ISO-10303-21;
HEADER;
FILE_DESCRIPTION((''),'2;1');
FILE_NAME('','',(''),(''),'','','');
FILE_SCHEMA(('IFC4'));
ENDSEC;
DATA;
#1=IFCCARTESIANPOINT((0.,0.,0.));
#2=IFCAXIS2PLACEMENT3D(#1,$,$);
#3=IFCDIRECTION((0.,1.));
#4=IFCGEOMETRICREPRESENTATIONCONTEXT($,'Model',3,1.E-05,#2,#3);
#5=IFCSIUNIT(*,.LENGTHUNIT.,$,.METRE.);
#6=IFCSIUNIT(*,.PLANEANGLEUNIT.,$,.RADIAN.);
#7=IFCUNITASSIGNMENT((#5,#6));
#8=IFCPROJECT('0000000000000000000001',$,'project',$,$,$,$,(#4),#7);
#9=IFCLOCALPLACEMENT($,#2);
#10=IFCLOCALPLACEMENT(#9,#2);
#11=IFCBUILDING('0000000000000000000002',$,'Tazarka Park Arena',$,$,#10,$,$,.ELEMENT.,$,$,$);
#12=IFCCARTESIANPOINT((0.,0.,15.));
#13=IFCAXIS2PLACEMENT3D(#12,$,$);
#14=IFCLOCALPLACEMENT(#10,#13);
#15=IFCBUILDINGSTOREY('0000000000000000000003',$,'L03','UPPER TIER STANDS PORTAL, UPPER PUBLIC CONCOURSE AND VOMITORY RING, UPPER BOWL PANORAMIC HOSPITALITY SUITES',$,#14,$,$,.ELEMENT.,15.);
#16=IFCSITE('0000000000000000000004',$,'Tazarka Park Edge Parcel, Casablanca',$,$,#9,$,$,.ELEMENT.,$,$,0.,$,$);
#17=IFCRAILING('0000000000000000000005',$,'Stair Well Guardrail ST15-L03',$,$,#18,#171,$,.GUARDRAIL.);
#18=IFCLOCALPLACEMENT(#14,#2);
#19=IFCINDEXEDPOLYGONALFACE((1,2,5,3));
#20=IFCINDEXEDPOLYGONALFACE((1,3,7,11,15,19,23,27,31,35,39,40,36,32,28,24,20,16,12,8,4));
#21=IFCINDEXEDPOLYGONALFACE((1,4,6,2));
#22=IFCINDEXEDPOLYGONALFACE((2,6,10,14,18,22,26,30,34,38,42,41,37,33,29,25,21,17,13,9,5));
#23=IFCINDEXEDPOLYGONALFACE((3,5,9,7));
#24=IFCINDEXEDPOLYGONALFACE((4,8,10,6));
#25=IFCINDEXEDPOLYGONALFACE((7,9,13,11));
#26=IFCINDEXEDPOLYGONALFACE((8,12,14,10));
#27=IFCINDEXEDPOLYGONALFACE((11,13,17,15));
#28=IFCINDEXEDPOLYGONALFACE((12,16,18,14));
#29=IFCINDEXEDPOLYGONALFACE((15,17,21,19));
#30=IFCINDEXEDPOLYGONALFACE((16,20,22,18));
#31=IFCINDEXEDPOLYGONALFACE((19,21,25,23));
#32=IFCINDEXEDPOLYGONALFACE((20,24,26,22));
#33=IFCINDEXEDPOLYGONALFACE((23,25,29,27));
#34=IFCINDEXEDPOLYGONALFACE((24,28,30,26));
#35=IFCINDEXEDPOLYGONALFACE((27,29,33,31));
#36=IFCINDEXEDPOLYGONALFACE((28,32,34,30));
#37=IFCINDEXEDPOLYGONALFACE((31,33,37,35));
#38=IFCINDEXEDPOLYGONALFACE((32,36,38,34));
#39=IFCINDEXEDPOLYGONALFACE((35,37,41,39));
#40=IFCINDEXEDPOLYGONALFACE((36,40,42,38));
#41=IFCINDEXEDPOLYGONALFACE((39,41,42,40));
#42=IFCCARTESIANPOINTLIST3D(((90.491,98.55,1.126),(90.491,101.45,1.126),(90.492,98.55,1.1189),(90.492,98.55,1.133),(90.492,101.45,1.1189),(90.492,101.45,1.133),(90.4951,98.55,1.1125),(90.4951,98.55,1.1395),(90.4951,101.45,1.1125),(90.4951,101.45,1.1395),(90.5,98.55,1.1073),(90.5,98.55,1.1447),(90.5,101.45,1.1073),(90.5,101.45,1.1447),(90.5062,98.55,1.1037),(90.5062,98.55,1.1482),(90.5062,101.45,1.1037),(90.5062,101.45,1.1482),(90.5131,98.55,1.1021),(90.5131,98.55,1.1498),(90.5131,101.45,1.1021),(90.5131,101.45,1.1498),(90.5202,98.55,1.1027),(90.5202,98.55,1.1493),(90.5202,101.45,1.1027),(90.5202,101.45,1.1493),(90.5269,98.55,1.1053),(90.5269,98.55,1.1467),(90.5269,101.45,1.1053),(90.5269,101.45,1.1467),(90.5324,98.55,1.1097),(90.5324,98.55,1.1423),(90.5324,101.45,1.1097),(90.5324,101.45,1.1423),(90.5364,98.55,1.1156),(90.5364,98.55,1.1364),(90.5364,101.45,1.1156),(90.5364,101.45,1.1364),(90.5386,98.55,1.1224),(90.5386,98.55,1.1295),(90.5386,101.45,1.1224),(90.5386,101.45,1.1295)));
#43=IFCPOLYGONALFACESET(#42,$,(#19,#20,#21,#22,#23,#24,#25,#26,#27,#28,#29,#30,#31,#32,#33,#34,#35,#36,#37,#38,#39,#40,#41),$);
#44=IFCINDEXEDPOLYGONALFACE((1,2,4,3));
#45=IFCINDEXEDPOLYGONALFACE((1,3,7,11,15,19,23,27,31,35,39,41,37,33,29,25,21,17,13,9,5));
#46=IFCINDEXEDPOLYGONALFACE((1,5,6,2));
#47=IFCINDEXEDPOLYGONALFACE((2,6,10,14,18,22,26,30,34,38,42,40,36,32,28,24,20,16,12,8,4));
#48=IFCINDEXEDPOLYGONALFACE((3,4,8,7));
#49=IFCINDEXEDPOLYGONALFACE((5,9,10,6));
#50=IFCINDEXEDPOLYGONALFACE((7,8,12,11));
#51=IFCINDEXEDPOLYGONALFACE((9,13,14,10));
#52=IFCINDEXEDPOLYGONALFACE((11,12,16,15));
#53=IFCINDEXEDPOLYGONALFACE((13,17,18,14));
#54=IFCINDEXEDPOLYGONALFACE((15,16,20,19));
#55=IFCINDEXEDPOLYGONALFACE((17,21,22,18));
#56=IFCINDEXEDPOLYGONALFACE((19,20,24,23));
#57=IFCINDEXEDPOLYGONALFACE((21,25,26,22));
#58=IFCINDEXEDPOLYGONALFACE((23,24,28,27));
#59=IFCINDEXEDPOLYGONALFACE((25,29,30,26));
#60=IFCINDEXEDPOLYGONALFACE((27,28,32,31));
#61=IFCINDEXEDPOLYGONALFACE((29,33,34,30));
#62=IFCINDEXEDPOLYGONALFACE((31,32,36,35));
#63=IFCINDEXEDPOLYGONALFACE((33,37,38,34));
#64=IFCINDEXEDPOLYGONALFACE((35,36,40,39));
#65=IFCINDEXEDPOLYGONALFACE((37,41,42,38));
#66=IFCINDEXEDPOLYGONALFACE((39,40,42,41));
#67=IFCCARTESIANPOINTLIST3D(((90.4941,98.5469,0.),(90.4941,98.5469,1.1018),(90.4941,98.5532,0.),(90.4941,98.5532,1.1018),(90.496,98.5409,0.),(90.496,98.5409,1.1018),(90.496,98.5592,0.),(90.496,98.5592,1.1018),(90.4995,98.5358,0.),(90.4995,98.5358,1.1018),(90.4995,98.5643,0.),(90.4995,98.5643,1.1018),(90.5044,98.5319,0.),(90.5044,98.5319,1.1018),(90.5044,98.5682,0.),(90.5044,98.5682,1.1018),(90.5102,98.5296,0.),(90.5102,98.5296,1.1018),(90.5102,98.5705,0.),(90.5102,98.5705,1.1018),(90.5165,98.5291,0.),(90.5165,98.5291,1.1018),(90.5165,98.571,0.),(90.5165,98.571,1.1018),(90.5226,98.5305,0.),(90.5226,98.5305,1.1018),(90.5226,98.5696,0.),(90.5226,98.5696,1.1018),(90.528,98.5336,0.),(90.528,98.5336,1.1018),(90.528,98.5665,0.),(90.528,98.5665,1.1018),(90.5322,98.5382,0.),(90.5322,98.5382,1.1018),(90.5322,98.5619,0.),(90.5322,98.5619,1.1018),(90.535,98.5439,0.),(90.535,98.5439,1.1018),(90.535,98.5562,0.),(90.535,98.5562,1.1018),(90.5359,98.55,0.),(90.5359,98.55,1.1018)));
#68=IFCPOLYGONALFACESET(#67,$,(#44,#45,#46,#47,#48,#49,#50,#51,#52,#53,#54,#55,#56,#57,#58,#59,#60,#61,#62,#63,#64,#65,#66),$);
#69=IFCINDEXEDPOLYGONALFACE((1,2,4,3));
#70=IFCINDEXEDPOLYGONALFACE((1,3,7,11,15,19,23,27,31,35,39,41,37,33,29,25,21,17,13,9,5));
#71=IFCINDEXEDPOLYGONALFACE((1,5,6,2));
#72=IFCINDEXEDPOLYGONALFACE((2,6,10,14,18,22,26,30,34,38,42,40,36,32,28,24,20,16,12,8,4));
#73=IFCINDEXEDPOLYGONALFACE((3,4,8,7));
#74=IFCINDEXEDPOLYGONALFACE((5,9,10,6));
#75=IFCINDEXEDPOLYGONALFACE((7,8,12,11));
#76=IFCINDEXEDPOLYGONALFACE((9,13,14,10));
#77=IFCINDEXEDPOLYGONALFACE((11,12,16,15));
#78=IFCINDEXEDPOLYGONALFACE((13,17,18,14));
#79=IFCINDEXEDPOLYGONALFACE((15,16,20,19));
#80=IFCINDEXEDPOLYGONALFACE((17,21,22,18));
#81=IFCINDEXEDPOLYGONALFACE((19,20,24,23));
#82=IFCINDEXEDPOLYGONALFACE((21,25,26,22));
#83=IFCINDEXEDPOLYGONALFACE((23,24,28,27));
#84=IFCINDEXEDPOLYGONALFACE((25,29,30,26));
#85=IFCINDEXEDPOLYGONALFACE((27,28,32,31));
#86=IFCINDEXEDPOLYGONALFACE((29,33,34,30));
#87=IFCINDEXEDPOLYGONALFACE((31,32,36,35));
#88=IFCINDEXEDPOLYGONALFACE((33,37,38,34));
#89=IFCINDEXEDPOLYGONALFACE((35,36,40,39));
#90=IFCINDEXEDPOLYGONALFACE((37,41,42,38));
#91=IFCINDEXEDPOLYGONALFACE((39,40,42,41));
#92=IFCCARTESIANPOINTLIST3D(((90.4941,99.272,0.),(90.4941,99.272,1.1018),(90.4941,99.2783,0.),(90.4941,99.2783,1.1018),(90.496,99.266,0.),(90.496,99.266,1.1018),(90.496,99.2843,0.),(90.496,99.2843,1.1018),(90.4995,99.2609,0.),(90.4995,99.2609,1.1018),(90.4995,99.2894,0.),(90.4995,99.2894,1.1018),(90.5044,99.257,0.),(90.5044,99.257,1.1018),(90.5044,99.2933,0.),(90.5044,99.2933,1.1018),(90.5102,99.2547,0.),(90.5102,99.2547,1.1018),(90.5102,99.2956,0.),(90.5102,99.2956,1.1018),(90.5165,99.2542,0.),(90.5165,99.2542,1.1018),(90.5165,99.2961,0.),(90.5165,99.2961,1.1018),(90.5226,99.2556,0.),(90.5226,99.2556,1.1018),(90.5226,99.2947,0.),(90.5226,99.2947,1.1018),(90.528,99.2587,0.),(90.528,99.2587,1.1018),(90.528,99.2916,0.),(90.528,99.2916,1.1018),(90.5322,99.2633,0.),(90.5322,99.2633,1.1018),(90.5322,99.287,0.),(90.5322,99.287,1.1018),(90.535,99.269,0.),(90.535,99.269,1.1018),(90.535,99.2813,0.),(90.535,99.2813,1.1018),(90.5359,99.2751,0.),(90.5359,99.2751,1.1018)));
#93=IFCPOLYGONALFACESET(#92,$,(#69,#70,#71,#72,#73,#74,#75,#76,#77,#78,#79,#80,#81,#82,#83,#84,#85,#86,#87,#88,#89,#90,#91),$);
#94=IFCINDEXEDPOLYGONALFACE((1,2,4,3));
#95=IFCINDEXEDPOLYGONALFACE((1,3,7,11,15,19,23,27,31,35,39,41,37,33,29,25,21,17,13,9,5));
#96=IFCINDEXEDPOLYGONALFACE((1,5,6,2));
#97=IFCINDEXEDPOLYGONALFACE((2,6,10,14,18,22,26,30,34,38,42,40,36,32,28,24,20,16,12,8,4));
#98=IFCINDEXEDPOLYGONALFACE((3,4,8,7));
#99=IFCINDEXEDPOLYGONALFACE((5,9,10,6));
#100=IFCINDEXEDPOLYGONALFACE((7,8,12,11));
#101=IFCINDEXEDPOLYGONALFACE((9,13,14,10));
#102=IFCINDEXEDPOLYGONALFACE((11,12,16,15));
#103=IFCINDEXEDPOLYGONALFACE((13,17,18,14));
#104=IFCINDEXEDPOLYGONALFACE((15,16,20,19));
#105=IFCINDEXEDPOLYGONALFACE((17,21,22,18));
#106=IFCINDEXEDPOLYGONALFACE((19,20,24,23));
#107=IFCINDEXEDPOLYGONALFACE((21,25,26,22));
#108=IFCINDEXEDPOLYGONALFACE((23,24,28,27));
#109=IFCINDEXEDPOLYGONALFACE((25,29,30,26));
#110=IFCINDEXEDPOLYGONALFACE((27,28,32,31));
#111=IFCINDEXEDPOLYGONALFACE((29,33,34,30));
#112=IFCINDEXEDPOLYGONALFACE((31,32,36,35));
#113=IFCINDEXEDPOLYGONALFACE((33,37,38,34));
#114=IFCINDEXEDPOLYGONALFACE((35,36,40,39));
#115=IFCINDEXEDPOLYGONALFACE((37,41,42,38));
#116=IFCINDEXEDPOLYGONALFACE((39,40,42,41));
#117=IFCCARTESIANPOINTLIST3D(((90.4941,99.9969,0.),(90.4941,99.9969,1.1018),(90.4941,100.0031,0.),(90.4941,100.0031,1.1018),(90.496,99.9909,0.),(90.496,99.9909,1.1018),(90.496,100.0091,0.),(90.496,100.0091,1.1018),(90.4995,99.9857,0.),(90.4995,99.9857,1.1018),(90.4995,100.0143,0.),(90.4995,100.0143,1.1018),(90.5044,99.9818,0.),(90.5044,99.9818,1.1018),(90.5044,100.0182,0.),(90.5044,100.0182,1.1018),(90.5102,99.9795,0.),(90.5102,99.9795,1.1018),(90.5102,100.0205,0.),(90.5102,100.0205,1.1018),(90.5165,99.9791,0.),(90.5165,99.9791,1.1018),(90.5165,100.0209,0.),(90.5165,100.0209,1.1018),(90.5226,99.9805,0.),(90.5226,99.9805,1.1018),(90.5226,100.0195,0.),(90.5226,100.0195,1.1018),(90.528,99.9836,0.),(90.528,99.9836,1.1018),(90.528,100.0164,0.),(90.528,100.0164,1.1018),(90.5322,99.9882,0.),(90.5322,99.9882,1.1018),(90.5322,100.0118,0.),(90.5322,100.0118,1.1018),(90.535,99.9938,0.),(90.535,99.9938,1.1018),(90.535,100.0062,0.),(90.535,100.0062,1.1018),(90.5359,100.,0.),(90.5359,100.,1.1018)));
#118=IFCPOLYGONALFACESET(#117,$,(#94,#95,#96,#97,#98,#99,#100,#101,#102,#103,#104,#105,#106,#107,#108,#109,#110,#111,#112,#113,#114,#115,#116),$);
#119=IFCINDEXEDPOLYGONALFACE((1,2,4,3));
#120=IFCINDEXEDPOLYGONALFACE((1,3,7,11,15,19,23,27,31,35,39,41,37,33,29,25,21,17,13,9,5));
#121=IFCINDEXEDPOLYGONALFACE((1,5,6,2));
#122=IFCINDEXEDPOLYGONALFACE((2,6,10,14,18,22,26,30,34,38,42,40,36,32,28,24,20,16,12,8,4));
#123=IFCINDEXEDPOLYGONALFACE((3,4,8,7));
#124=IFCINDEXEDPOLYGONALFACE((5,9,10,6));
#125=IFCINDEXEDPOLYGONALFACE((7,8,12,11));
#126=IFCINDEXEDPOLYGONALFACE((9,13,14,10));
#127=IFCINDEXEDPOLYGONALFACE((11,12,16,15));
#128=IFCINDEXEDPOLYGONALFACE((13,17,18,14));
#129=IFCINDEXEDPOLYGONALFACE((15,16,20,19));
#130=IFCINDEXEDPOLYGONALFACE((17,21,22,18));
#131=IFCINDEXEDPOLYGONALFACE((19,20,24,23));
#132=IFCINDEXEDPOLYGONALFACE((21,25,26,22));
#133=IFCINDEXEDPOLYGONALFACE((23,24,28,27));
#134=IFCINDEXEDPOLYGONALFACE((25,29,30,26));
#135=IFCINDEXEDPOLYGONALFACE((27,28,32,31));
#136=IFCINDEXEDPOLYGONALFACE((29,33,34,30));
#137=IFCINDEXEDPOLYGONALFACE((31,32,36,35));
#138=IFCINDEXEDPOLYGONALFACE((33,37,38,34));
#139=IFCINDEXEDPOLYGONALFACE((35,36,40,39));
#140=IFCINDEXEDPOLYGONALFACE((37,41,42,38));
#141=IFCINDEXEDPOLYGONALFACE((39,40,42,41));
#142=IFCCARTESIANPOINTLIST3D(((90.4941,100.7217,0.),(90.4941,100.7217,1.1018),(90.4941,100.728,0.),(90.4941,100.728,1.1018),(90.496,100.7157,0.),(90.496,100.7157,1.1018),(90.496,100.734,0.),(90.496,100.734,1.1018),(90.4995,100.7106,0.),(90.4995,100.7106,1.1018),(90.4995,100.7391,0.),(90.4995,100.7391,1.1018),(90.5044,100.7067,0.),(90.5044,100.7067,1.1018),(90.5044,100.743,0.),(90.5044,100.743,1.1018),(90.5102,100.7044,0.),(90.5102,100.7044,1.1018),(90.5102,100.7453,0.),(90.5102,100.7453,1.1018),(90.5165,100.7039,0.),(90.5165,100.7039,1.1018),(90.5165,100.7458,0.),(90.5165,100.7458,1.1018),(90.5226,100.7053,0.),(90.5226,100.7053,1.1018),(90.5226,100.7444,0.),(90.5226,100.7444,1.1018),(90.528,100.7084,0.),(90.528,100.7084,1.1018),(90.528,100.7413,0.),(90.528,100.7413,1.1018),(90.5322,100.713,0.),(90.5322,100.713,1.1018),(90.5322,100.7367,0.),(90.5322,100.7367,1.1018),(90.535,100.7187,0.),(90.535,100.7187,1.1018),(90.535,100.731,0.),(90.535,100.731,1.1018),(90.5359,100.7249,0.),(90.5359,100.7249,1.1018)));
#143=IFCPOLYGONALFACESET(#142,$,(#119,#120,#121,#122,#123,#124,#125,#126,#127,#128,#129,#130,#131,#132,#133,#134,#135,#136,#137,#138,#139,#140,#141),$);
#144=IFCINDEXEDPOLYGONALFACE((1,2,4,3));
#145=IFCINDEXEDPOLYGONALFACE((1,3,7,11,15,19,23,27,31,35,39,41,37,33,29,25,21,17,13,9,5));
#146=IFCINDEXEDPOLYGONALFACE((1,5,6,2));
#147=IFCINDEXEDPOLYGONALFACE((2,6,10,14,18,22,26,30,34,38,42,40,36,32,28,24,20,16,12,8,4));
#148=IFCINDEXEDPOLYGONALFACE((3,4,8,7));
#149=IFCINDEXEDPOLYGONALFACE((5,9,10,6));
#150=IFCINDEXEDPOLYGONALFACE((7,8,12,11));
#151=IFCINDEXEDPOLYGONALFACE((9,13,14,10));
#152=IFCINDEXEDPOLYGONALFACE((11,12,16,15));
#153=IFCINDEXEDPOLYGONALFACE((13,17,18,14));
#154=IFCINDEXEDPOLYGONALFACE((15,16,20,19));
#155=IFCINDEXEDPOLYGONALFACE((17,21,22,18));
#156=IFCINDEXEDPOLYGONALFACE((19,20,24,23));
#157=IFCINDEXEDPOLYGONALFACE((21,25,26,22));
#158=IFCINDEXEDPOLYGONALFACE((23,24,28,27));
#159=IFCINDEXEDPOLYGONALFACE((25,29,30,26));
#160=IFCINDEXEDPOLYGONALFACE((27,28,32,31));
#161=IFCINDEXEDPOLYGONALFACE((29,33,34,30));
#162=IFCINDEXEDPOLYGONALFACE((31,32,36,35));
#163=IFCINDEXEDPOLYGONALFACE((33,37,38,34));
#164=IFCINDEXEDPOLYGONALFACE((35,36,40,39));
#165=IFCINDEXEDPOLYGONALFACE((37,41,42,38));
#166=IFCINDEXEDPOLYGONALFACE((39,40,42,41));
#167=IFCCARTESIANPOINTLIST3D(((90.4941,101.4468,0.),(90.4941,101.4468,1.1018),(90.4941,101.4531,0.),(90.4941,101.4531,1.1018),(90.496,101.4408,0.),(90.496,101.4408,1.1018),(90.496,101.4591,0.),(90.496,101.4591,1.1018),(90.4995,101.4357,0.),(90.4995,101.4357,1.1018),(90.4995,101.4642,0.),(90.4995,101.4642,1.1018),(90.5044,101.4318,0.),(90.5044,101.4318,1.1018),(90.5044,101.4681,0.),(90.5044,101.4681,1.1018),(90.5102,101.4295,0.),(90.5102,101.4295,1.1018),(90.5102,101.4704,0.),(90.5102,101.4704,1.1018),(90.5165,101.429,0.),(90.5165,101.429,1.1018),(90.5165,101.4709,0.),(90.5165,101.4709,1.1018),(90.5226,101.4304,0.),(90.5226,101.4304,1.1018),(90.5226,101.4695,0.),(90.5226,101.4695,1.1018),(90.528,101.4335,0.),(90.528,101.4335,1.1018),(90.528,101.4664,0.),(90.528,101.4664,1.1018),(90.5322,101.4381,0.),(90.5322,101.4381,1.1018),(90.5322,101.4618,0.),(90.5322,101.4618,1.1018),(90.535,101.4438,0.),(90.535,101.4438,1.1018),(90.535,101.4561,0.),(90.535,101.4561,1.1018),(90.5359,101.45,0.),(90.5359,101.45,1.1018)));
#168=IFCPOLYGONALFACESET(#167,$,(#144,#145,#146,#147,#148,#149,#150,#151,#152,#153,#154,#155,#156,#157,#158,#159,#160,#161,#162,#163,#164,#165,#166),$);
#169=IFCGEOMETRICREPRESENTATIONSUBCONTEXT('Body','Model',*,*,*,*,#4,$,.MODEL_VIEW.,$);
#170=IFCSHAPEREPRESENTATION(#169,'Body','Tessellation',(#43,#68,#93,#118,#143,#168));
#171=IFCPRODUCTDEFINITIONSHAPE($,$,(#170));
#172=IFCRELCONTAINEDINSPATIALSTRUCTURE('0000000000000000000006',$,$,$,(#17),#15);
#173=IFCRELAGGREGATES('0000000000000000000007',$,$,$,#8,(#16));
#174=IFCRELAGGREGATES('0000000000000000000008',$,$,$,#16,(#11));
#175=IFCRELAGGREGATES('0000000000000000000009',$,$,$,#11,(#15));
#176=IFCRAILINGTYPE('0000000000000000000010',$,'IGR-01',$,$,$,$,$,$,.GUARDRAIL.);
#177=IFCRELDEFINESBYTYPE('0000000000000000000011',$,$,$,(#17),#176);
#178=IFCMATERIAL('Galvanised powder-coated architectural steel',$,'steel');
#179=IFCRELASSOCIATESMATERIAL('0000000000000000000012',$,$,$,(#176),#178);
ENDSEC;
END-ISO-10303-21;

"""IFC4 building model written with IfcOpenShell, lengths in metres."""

from ifc_helpers import new_model, si_unit, direction, frame, origin, origin_2d, place, context, subcontext, project, spatial, circle, extrude, material, type_object, element, save


model = new_model("IFC4")

# Units and contexts
model_context = context("Model", 3, precision=1e-05, world=origin(), true_north=direction((0.0, 1.0)))
body_context = subcontext(model_context, "Body", "Model", "MODEL_VIEW")
ifc_project = project(units=[si_unit("LENGTHUNIT", "METRE"), si_unit("PLANEANGLEUNIT", "RADIAN")], contexts=[model_context])

# Site, building, storey
site_placement = place(None, origin())
site = spatial("IfcSite", under=ifc_project, at=site_placement, Name="Tazarka Park Edge Parcel, Casablanca", CompositionType="ELEMENT", RefElevation=0.0)
building_placement = place(site_placement, origin())
building = spatial("IfcBuilding", under=site, at=building_placement, Name="Tazarka Park Arena", CompositionType="ELEMENT")
storey_placement = place(building_placement, frame((0.0, 0.0, 15.0)))
storey = spatial("IfcBuildingStorey", under=building, at=storey_placement, Name="L03", Description="UPPER TIER STANDS PORTAL, UPPER PUBLIC CONCOURSE AND VOMITORY RING, UPPER BOWL PANORAMIC HOSPITALITY SUITES", CompositionType="ELEMENT", Elevation=15.0)

# Railing
ifc_material_1 = material(Name="Galvanised powder-coated architectural steel", Category="steel")
railing_type_1 = type_object("IfcRailingType", Name="IGR-01", PredefinedType="GUARDRAIL", material=ifc_material_1)
railing_1_placement = place(storey_placement, frame((90.5149, 98.55, 0.0)))
element("IfcRailing", 1, at=railing_1_placement, inside=storey, type_object=railing_type_1, Name="Stair Well Guardrail ST15-L03", PredefinedType="GUARDRAIL", context=body_context, shape_type="SweptSolid", body=[
    extrude(circle(Radius=0.0239, at=origin_2d()), frame((0.0, 0.0, 1.126), z_axis=(0.0, 1.0, 0.0), x_axis=(-1.0, 0.0, 0.0)), (0.0, 0.0, 1.0), 2.8999),
    extrude(circle(Radius=0.021, at=origin_2d()), origin(), (0.0, 0.0, 1.0), 1.1018),
    extrude(circle(Radius=0.021, at=origin_2d()), frame((0.0, 0.7251, 0.0)), (0.0, 0.0, 1.0), 1.1018),
    extrude(circle(Radius=0.021, at=origin_2d()), frame((0.0, 1.45, 0.0)), (0.0, 0.0, 1.0), 1.1018),
    extrude(circle(Radius=0.021, at=origin_2d()), frame((0.0, 2.1748, 0.0)), (0.0, 0.0, 1.0), 1.1018),
    extrude(circle(Radius=0.021, at=origin_2d()), frame((0.0, 2.8999, 0.0)), (0.0, 0.0, 1.0), 1.1018),
])

save(model, "model.ifc")
